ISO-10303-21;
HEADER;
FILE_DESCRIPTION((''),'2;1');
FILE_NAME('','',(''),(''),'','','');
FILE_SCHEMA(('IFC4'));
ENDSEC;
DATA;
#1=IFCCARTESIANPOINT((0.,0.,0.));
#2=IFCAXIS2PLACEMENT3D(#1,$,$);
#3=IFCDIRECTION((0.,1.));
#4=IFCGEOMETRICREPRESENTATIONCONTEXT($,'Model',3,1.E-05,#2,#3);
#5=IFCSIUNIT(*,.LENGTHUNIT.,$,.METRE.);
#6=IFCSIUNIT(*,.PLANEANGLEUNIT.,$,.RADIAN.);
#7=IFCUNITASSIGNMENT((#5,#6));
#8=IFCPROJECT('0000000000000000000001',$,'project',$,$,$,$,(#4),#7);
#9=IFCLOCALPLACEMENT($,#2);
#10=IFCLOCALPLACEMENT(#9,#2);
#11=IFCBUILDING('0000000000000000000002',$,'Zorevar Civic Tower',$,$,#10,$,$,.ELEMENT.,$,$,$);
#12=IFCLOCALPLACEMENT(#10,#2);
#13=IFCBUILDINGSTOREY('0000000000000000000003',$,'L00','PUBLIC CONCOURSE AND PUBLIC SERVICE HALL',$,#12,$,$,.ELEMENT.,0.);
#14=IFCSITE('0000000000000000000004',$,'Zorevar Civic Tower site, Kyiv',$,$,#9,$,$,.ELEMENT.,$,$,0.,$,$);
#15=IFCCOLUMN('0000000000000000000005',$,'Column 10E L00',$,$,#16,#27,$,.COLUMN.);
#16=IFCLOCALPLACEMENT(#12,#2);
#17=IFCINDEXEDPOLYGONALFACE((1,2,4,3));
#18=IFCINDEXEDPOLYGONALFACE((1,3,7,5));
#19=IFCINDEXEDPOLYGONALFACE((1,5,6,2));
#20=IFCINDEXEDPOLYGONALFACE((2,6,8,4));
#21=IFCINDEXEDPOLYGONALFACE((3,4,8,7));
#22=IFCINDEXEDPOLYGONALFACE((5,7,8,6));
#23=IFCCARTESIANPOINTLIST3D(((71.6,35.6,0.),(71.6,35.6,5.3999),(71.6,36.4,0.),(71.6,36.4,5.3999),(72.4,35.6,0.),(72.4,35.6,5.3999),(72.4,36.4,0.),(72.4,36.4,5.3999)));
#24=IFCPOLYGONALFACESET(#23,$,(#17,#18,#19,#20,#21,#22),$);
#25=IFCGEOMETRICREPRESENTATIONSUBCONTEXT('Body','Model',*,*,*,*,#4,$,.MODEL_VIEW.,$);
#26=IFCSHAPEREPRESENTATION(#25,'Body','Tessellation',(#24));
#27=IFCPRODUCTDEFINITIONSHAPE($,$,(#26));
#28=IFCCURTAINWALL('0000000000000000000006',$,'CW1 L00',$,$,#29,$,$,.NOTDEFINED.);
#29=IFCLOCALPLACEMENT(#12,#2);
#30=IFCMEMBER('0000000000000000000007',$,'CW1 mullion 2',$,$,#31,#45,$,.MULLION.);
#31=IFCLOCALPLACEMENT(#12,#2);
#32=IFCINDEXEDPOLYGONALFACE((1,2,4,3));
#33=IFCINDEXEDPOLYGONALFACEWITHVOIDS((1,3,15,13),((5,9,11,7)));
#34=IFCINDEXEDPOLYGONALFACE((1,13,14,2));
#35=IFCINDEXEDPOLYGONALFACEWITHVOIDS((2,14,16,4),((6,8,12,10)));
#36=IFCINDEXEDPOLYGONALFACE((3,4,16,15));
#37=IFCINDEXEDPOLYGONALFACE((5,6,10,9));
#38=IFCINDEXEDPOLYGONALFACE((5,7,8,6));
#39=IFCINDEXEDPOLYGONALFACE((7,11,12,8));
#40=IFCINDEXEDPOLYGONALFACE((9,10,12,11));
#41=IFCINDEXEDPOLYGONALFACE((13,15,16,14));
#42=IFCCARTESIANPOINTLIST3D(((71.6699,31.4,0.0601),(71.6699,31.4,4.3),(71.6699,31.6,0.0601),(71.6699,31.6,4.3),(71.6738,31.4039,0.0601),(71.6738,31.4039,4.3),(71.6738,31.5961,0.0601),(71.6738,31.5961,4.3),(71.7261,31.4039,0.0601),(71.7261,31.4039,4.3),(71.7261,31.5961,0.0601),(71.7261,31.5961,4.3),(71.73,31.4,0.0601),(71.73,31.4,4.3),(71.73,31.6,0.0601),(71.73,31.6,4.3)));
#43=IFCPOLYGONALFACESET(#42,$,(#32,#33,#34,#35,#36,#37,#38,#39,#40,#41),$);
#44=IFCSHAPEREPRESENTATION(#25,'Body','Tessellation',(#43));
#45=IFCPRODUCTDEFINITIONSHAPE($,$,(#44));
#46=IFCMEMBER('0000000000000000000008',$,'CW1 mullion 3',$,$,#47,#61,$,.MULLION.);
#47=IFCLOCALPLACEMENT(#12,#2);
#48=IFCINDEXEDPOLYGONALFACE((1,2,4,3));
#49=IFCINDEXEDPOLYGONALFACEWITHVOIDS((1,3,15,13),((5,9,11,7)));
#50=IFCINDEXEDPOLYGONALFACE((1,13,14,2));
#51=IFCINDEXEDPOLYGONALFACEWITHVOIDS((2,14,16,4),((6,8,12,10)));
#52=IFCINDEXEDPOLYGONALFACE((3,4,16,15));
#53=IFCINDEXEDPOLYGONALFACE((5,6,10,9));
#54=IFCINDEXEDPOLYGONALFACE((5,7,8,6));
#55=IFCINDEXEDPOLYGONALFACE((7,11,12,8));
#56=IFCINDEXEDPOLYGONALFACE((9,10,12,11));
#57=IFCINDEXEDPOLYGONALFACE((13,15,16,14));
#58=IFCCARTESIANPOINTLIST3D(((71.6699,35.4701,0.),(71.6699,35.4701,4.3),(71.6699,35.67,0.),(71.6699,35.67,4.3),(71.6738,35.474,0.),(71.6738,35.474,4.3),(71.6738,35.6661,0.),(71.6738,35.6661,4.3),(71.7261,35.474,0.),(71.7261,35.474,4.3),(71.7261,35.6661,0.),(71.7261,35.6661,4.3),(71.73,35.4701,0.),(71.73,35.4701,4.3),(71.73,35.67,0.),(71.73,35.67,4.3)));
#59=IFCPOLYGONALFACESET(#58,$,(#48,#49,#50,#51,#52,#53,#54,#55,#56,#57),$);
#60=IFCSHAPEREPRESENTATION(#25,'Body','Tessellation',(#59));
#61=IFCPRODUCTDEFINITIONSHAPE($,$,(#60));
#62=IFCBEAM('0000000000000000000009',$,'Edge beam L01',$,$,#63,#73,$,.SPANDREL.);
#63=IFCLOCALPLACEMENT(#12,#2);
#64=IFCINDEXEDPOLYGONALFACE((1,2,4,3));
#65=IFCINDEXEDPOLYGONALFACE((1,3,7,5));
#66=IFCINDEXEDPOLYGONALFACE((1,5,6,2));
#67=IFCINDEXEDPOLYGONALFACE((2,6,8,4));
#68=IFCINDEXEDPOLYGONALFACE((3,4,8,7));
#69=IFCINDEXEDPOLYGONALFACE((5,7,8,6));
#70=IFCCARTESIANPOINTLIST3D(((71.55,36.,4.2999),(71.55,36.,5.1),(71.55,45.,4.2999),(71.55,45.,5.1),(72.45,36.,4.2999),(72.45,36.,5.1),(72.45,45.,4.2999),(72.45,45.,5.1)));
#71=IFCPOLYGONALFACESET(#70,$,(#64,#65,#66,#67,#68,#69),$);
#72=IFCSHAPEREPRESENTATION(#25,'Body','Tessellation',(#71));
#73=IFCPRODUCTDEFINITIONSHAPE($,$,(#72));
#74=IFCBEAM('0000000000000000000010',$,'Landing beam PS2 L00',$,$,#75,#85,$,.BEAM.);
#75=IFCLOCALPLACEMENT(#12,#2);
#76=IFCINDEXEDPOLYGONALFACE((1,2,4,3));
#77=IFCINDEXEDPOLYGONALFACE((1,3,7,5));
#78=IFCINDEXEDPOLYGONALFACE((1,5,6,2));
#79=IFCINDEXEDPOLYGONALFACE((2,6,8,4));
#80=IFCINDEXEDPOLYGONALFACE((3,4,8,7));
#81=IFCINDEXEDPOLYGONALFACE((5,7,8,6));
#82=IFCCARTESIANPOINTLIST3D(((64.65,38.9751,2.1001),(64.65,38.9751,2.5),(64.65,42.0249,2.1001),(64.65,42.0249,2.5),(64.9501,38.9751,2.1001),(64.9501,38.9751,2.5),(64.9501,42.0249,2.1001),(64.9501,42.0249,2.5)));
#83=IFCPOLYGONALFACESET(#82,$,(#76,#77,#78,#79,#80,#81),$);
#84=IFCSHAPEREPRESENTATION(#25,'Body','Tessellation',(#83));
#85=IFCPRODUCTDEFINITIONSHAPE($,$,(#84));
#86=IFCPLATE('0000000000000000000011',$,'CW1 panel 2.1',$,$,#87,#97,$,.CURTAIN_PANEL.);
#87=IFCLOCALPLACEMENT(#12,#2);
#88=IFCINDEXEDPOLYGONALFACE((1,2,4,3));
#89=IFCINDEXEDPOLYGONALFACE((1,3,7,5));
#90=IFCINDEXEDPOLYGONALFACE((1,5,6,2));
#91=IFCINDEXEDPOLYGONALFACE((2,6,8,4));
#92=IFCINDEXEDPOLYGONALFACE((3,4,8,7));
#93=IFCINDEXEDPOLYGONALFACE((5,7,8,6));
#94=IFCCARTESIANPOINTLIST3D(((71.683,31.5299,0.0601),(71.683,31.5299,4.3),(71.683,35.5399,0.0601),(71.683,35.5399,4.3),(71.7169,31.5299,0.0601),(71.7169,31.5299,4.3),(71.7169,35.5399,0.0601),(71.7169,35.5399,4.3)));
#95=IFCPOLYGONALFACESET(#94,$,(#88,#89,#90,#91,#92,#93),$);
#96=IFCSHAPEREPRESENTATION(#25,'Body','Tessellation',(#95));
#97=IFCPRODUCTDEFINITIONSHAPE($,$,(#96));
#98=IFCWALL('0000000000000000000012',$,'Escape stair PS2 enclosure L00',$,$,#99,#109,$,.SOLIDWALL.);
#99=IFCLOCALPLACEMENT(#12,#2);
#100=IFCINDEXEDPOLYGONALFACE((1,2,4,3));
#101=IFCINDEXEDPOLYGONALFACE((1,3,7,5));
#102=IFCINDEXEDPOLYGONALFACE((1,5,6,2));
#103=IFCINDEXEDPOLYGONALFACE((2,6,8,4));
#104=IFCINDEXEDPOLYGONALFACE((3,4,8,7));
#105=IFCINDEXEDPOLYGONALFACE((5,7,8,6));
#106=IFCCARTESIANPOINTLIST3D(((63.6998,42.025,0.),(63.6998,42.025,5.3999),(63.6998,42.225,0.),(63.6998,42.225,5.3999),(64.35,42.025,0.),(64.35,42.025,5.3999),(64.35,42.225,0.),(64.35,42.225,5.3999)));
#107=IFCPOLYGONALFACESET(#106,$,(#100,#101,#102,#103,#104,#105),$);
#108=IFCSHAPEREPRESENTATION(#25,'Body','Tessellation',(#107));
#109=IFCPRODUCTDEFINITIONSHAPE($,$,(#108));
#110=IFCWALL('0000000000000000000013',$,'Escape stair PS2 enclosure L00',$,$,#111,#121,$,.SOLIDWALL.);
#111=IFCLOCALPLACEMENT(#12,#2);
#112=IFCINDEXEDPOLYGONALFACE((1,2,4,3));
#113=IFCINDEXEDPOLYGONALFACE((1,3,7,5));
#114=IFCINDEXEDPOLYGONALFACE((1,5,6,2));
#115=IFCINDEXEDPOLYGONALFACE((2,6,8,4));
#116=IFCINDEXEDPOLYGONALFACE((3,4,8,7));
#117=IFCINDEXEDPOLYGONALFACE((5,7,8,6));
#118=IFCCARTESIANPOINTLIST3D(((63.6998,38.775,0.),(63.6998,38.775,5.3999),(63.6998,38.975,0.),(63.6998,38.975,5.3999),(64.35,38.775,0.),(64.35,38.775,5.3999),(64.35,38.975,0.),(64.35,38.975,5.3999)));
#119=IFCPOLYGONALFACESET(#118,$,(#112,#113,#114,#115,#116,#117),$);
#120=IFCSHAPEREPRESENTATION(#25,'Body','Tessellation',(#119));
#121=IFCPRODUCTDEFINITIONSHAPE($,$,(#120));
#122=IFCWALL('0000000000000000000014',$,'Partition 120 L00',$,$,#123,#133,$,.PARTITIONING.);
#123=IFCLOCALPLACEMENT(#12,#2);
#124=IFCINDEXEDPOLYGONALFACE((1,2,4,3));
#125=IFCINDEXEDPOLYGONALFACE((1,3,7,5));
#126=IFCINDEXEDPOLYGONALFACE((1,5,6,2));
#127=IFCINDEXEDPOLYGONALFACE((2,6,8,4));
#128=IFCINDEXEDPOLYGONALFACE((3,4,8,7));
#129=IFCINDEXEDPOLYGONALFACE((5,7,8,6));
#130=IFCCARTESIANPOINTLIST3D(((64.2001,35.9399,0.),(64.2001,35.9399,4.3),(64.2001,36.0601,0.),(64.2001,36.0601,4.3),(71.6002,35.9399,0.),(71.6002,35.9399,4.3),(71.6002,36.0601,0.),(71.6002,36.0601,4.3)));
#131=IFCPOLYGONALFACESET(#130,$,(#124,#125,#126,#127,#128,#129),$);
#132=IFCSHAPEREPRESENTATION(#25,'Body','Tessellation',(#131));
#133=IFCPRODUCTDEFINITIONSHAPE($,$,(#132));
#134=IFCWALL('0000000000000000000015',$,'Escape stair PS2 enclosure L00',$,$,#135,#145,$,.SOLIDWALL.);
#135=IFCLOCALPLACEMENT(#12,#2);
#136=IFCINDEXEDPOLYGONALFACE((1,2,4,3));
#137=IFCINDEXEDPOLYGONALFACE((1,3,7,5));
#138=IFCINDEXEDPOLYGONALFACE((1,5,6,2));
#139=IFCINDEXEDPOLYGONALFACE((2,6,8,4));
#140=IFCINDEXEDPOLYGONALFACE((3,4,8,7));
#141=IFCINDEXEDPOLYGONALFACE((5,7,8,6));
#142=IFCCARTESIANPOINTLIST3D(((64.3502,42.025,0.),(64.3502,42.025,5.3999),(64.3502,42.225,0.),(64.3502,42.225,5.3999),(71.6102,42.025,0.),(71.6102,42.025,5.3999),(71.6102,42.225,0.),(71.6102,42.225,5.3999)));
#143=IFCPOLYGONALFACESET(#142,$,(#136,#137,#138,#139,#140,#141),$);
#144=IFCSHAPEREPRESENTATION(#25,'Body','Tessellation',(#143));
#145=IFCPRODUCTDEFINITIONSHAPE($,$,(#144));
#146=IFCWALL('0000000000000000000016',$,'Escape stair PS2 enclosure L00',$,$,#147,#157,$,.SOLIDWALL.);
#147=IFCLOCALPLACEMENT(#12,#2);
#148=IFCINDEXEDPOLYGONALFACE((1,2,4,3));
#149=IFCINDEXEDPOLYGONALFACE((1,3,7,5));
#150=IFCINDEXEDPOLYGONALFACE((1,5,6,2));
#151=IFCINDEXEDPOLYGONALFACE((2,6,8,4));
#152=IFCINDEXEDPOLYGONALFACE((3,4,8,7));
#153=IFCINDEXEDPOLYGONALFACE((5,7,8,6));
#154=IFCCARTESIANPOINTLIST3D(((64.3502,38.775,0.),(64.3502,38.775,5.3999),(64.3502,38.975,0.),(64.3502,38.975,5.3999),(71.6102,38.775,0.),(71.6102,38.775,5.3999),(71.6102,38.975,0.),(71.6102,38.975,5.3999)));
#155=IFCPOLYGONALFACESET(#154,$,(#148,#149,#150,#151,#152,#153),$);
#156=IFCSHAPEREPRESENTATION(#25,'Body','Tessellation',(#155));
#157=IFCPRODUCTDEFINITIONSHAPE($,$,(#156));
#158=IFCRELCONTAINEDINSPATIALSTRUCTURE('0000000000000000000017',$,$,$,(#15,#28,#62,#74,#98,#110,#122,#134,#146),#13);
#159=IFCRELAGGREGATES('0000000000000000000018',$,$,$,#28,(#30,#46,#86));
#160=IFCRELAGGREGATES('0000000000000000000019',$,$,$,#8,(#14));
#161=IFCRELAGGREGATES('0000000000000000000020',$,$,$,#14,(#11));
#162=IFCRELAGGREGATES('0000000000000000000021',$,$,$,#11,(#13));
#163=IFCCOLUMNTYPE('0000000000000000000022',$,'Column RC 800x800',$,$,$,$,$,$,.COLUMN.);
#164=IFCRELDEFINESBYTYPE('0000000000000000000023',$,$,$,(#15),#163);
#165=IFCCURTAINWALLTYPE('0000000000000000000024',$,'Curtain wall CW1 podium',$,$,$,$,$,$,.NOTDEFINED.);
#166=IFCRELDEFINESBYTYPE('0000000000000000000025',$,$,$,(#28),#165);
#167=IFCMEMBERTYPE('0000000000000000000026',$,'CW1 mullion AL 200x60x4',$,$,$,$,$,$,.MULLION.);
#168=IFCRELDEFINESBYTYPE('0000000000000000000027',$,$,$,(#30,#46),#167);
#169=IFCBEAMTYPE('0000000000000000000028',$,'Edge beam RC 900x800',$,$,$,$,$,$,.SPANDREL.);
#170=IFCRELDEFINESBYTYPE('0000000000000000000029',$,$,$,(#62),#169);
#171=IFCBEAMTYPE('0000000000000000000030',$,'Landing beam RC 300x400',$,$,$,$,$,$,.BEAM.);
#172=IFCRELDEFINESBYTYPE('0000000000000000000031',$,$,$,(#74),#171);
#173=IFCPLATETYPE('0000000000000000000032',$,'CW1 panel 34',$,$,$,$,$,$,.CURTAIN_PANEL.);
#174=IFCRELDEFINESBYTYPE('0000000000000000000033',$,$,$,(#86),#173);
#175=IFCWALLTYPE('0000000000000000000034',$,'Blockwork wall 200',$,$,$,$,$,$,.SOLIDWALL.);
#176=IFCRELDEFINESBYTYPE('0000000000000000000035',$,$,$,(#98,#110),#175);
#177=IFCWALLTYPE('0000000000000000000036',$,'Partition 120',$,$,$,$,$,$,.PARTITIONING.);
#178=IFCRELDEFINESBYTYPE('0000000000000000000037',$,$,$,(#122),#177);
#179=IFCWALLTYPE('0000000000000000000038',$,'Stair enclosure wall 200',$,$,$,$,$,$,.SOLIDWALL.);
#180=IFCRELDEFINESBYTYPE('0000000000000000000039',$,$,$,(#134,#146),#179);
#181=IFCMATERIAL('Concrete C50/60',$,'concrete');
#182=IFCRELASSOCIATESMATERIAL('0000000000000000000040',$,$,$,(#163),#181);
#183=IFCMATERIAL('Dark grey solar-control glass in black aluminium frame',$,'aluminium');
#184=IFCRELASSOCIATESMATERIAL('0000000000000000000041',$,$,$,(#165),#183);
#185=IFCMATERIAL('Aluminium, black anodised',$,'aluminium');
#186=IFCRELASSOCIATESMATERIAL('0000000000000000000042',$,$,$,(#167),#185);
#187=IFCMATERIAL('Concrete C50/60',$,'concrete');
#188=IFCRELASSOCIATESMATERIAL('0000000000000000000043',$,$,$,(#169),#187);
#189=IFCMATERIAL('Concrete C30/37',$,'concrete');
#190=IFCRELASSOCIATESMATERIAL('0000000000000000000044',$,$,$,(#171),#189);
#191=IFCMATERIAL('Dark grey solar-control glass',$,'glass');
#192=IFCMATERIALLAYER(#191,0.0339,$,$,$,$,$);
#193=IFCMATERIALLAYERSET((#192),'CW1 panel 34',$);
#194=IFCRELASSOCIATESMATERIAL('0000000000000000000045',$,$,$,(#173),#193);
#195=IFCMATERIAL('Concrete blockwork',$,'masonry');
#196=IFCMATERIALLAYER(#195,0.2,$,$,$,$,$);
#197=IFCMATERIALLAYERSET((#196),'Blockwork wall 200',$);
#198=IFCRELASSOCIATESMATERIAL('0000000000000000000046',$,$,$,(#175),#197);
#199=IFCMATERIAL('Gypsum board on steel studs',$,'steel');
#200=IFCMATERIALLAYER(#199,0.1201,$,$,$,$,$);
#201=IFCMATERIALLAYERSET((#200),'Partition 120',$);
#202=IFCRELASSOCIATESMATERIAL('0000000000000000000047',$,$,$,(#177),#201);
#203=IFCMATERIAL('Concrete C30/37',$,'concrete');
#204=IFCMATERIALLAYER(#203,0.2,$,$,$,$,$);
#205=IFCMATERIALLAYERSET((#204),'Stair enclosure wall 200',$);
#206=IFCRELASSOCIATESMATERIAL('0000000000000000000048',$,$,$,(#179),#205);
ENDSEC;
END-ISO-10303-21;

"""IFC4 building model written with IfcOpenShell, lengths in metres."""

from ifc_helpers import new_model, si_unit, direction, frame, frame_2d, origin, origin_2d, place, context, subcontext, project, spatial, rectangle, hollow_rectangle, extrude, material, layer, layer_set, material_profile, profile_set, type_object, element, aggregate, save


model = new_model("IFC4")

# Units and contexts
model_context = context("Model", 3, precision=1e-05, world=origin(), true_north=direction((0.0, 1.0)))
body_context = subcontext(model_context, "Body", "Model", "MODEL_VIEW")
ifc_project = project(units=[si_unit("LENGTHUNIT", "METRE"), si_unit("PLANEANGLEUNIT", "RADIAN")], contexts=[model_context])

# Site, building, storey
site_placement = place(None, origin())
site = spatial("IfcSite", under=ifc_project, at=site_placement, Name="Zorevar Civic Tower site, Kyiv", CompositionType="ELEMENT", RefElevation=0.0)
building_placement = place(site_placement, origin())
building = spatial("IfcBuilding", under=site, at=building_placement, Name="Zorevar Civic Tower", CompositionType="ELEMENT")
storey_placement = place(building_placement, origin())
storey = spatial("IfcBuildingStorey", under=building, at=storey_placement, Name="L00", Description="PUBLIC CONCOURSE AND PUBLIC SERVICE HALL", CompositionType="ELEMENT", Elevation=0.0)

# Column
ifc_material_1 = material(Name="Concrete C50/60", Category="concrete")
ifc_material_profile_1 = material_profile(ifc_material_1, rectangle(XDim=0.8, YDim=0.8, at=origin_2d()), Name="RC 800x800")
ifc_profile_set_1 = profile_set([ifc_material_profile_1], Name="Concrete C50/60")
column_type = type_object("IfcColumnType", Name="Column RC 800x800", PredefinedType="COLUMN", material=ifc_profile_set_1)
column_placement = place(storey_placement, frame((72.0, 36.0, 0.0), z_axis=(0.0, 0.0, 1.0), x_axis=(1.0, 0.0, 0.0)))
element("IfcColumn", 1, at=column_placement, inside=storey, type_object=column_type, Name="Column 10E L00", PredefinedType="COLUMN", context=body_context, shape_type="SweptSolid", body=[
    extrude(rectangle(XDim=0.8, YDim=0.8, at=origin_2d()), origin(), (0.0, 0.0, 1.0), 5.3999),
])

# Curtain wall, members
ifc_material_2 = material(Name="Dark grey solar-control glass in black aluminium frame", Category="aluminium")
curtain_wall_type = type_object("IfcCurtainWallType", Name="Curtain wall CW1 podium", PredefinedType="NOTDEFINED", material=ifc_material_2)
curtain_wall_placement = place(storey_placement, origin())
curtain_wall = element("IfcCurtainWall", 2, at=curtain_wall_placement, inside=storey, type_object=curtain_wall_type, Name="CW1 L00", PredefinedType="NOTDEFINED")
ifc_material_3 = material(Name="Aluminium, black anodised", Category="aluminium")
ifc_material_profile_2 = material_profile(ifc_material_3, hollow_rectangle(XDim=0.0601, YDim=0.2, WallThickness=0.0039, at=origin_2d()), Name="AL 200x60x4")
ifc_profile_set_2 = profile_set([ifc_material_profile_2], Name="Aluminium, black anodised")
member_type = type_object("IfcMemberType", Name="CW1 mullion AL 200x60x4", PredefinedType="MULLION", material=ifc_profile_set_2)
member_1_placement = place(storey_placement, frame((71.7, 31.5, 0.0601), z_axis=(0.0, 0.0, 1.0), x_axis=(-1.0, 0.0, 0.0)))
member_1 = element("IfcMember", 3, at=member_1_placement, type_object=member_type, Name="CW1 mullion 2", PredefinedType="MULLION", context=body_context, shape_type="SweptSolid", body=[
    extrude(hollow_rectangle(XDim=0.0601, YDim=0.2, WallThickness=0.0039, at=origin_2d()), origin(), (0.0, 0.0, 1.0), 4.24),
])
member_2_placement = place(storey_placement, frame((71.7, 35.5701, 0.0), z_axis=(0.0, 0.0, 1.0), x_axis=(-1.0, 0.0, 0.0)))
member_2 = element("IfcMember", 4, at=member_2_placement, type_object=member_type, Name="CW1 mullion 3", PredefinedType="MULLION", context=body_context, shape_type="SweptSolid", body=[
    extrude(hollow_rectangle(XDim=0.0601, YDim=0.2, WallThickness=0.0039, at=origin_2d()), origin(), (0.0, 0.0, 1.0), 4.3),
])

# Beams
ifc_material_4 = material(Name="Concrete C50/60", Category="concrete")
ifc_material_profile_3 = material_profile(ifc_material_4, rectangle(XDim=0.8999, YDim=0.8, at=origin_2d()), Name="RC 900x800")
ifc_profile_set_3 = profile_set([ifc_material_profile_3], Name="Concrete C50/60")
beam_type_1 = type_object("IfcBeamType", Name="Edge beam RC 900x800", PredefinedType="SPANDREL", material=ifc_profile_set_3)
beam_1_placement = place(storey_placement, frame((72.0, 36.0, 4.7), z_axis=(0.0, 1.0, 0.0), x_axis=(-1.0, 0.0, 0.0)))
element("IfcBeam", 5, at=beam_1_placement, inside=storey, type_object=beam_type_1, Name="Edge beam L01", PredefinedType="SPANDREL", context=body_context, shape_type="SweptSolid", body=[
    extrude(rectangle(XDim=0.8999, YDim=0.8, at=origin_2d()), origin(), (0.0, 0.0, 1.0), 9.0),
])
ifc_material_5 = material(Name="Concrete C30/37", Category="concrete")
ifc_material_profile_4 = material_profile(ifc_material_5, rectangle(XDim=0.3, YDim=0.3999, at=origin_2d()), Name="RC 300x400")
ifc_profile_set_4 = profile_set([ifc_material_profile_4], Name="Concrete C30/37")
beam_type_2 = type_object("IfcBeamType", Name="Landing beam RC 300x400", PredefinedType="BEAM", material=ifc_profile_set_4)
beam_2_placement = place(storey_placement, frame((64.8, 42.0249, 2.3), z_axis=(0.0, -1.0, 0.0), x_axis=(1.0, 0.0, 0.0)))
element("IfcBeam", 6, at=beam_2_placement, inside=storey, type_object=beam_type_2, Name="Landing beam PS2 L00", PredefinedType="BEAM", context=body_context, shape_type="SweptSolid", body=[
    extrude(rectangle(XDim=0.3, YDim=0.3999, at=origin_2d()), origin(), (0.0, 0.0, 1.0), 3.0498),
])

# Plate
ifc_material_6 = material(Name="Dark grey solar-control glass", Category="glass")
ifc_layer_1 = layer(ifc_material_6, 0.0339)
ifc_layer_set_1 = layer_set([ifc_layer_1], Name="CW1 panel 34")
plate_type = type_object("IfcPlateType", Name="CW1 panel 34", PredefinedType="CURTAIN_PANEL", material=ifc_layer_set_1)
plate_placement = place(storey_placement, frame((71.7, 33.5349, 0.0601), z_axis=(0.0, 0.0, 1.0), x_axis=(0.0, 1.0, 0.0)))
plate = element("IfcPlate", 7, at=plate_placement, type_object=plate_type, Name="CW1 panel 2.1", PredefinedType="CURTAIN_PANEL", context=body_context, shape_type="SweptSolid", body=[
    extrude(rectangle(XDim=4.01, YDim=0.0339, at=origin_2d()), origin(), (0.0, 0.0, 1.0), 4.24),
])
aggregate(curtain_wall, [member_1, member_2, plate])

# Walls
ifc_material_7 = material(Name="Concrete blockwork", Category="masonry")
ifc_layer_2 = layer(ifc_material_7, 0.2)
ifc_layer_set_2 = layer_set([ifc_layer_2], Name="Blockwork wall 200")
wall_type_1 = type_object("IfcWallType", Name="Blockwork wall 200", PredefinedType="SOLIDWALL", material=ifc_layer_set_2)
for number, where, z_axis, x_axis, name in (
    (8, (64.3501, 42.125, 0.0), (0.0, 0.0, 1.0), (-1.0, 0.0, 0.0), "Escape stair PS2 enclosure L00"),
    (9, (64.3501, 38.875, 0.0), (0.0, 0.0, 1.0), (-1.0, 0.0, 0.0), "Escape stair PS2 enclosure L00"),
):
    element("IfcWall", number, at=place(storey_placement, frame(where, z_axis=z_axis, x_axis=x_axis)), inside=storey, type_object=wall_type_1, Name=name, PredefinedType="SOLIDWALL", context=body_context, shape_type="SweptSolid", body=[
        extrude(rectangle(XDim=0.6501, YDim=0.2, at=frame_2d((0.3252, 0.0))), origin(), (0.0, 0.0, 1.0), 5.3999),
    ])
ifc_material_8 = material(Name="Gypsum board on steel studs", Category="steel")
ifc_layer_3 = layer(ifc_material_8, 0.1201)
ifc_layer_set_3 = layer_set([ifc_layer_3], Name="Partition 120")
wall_type_2 = type_object("IfcWallType", Name="Partition 120", PredefinedType="PARTITIONING", material=ifc_layer_set_3)
wall_1_placement = place(storey_placement, frame((64.2, 36.0, 0.0), z_axis=(0.0, 0.0, 1.0), x_axis=(1.0, 0.0, 0.0)))
element("IfcWall", 10, at=wall_1_placement, inside=storey, type_object=wall_type_2, Name="Partition 120 L00", PredefinedType="PARTITIONING", context=body_context, shape_type="SweptSolid", body=[
    extrude(rectangle(XDim=7.4001, YDim=0.1201, at=frame_2d((3.7002, 0.0))), origin(), (0.0, 0.0, 1.0), 4.3),
])

# Walls
ifc_material_9 = material(Name="Concrete C30/37", Category="concrete")
ifc_layer_4 = layer(ifc_material_9, 0.2)
ifc_layer_set_4 = layer_set([ifc_layer_4], Name="Stair enclosure wall 200")
wall_type_3 = type_object("IfcWallType", Name="Stair enclosure wall 200", PredefinedType="SOLIDWALL", material=ifc_layer_set_4)
for number, where, z_axis, x_axis, name in (
    (11, (71.6101, 42.125, 0.0), (0.0, 0.0, 1.0), (-1.0, 0.0, 0.0), "Escape stair PS2 enclosure L00"),
    (12, (71.6101, 38.875, 0.0), (0.0, 0.0, 1.0), (-1.0, 0.0, 0.0), "Escape stair PS2 enclosure L00"),
):
    element("IfcWall", number, at=place(storey_placement, frame(where, z_axis=z_axis, x_axis=x_axis)), inside=storey, type_object=wall_type_3, Name=name, PredefinedType="SOLIDWALL", context=body_context, shape_type="SweptSolid", body=[
        extrude(rectangle(XDim=7.26, YDim=0.2, at=frame_2d((3.6299, 0.0))), origin(), (0.0, 0.0, 1.0), 5.3999),
    ])

save(model, "model.ifc")
